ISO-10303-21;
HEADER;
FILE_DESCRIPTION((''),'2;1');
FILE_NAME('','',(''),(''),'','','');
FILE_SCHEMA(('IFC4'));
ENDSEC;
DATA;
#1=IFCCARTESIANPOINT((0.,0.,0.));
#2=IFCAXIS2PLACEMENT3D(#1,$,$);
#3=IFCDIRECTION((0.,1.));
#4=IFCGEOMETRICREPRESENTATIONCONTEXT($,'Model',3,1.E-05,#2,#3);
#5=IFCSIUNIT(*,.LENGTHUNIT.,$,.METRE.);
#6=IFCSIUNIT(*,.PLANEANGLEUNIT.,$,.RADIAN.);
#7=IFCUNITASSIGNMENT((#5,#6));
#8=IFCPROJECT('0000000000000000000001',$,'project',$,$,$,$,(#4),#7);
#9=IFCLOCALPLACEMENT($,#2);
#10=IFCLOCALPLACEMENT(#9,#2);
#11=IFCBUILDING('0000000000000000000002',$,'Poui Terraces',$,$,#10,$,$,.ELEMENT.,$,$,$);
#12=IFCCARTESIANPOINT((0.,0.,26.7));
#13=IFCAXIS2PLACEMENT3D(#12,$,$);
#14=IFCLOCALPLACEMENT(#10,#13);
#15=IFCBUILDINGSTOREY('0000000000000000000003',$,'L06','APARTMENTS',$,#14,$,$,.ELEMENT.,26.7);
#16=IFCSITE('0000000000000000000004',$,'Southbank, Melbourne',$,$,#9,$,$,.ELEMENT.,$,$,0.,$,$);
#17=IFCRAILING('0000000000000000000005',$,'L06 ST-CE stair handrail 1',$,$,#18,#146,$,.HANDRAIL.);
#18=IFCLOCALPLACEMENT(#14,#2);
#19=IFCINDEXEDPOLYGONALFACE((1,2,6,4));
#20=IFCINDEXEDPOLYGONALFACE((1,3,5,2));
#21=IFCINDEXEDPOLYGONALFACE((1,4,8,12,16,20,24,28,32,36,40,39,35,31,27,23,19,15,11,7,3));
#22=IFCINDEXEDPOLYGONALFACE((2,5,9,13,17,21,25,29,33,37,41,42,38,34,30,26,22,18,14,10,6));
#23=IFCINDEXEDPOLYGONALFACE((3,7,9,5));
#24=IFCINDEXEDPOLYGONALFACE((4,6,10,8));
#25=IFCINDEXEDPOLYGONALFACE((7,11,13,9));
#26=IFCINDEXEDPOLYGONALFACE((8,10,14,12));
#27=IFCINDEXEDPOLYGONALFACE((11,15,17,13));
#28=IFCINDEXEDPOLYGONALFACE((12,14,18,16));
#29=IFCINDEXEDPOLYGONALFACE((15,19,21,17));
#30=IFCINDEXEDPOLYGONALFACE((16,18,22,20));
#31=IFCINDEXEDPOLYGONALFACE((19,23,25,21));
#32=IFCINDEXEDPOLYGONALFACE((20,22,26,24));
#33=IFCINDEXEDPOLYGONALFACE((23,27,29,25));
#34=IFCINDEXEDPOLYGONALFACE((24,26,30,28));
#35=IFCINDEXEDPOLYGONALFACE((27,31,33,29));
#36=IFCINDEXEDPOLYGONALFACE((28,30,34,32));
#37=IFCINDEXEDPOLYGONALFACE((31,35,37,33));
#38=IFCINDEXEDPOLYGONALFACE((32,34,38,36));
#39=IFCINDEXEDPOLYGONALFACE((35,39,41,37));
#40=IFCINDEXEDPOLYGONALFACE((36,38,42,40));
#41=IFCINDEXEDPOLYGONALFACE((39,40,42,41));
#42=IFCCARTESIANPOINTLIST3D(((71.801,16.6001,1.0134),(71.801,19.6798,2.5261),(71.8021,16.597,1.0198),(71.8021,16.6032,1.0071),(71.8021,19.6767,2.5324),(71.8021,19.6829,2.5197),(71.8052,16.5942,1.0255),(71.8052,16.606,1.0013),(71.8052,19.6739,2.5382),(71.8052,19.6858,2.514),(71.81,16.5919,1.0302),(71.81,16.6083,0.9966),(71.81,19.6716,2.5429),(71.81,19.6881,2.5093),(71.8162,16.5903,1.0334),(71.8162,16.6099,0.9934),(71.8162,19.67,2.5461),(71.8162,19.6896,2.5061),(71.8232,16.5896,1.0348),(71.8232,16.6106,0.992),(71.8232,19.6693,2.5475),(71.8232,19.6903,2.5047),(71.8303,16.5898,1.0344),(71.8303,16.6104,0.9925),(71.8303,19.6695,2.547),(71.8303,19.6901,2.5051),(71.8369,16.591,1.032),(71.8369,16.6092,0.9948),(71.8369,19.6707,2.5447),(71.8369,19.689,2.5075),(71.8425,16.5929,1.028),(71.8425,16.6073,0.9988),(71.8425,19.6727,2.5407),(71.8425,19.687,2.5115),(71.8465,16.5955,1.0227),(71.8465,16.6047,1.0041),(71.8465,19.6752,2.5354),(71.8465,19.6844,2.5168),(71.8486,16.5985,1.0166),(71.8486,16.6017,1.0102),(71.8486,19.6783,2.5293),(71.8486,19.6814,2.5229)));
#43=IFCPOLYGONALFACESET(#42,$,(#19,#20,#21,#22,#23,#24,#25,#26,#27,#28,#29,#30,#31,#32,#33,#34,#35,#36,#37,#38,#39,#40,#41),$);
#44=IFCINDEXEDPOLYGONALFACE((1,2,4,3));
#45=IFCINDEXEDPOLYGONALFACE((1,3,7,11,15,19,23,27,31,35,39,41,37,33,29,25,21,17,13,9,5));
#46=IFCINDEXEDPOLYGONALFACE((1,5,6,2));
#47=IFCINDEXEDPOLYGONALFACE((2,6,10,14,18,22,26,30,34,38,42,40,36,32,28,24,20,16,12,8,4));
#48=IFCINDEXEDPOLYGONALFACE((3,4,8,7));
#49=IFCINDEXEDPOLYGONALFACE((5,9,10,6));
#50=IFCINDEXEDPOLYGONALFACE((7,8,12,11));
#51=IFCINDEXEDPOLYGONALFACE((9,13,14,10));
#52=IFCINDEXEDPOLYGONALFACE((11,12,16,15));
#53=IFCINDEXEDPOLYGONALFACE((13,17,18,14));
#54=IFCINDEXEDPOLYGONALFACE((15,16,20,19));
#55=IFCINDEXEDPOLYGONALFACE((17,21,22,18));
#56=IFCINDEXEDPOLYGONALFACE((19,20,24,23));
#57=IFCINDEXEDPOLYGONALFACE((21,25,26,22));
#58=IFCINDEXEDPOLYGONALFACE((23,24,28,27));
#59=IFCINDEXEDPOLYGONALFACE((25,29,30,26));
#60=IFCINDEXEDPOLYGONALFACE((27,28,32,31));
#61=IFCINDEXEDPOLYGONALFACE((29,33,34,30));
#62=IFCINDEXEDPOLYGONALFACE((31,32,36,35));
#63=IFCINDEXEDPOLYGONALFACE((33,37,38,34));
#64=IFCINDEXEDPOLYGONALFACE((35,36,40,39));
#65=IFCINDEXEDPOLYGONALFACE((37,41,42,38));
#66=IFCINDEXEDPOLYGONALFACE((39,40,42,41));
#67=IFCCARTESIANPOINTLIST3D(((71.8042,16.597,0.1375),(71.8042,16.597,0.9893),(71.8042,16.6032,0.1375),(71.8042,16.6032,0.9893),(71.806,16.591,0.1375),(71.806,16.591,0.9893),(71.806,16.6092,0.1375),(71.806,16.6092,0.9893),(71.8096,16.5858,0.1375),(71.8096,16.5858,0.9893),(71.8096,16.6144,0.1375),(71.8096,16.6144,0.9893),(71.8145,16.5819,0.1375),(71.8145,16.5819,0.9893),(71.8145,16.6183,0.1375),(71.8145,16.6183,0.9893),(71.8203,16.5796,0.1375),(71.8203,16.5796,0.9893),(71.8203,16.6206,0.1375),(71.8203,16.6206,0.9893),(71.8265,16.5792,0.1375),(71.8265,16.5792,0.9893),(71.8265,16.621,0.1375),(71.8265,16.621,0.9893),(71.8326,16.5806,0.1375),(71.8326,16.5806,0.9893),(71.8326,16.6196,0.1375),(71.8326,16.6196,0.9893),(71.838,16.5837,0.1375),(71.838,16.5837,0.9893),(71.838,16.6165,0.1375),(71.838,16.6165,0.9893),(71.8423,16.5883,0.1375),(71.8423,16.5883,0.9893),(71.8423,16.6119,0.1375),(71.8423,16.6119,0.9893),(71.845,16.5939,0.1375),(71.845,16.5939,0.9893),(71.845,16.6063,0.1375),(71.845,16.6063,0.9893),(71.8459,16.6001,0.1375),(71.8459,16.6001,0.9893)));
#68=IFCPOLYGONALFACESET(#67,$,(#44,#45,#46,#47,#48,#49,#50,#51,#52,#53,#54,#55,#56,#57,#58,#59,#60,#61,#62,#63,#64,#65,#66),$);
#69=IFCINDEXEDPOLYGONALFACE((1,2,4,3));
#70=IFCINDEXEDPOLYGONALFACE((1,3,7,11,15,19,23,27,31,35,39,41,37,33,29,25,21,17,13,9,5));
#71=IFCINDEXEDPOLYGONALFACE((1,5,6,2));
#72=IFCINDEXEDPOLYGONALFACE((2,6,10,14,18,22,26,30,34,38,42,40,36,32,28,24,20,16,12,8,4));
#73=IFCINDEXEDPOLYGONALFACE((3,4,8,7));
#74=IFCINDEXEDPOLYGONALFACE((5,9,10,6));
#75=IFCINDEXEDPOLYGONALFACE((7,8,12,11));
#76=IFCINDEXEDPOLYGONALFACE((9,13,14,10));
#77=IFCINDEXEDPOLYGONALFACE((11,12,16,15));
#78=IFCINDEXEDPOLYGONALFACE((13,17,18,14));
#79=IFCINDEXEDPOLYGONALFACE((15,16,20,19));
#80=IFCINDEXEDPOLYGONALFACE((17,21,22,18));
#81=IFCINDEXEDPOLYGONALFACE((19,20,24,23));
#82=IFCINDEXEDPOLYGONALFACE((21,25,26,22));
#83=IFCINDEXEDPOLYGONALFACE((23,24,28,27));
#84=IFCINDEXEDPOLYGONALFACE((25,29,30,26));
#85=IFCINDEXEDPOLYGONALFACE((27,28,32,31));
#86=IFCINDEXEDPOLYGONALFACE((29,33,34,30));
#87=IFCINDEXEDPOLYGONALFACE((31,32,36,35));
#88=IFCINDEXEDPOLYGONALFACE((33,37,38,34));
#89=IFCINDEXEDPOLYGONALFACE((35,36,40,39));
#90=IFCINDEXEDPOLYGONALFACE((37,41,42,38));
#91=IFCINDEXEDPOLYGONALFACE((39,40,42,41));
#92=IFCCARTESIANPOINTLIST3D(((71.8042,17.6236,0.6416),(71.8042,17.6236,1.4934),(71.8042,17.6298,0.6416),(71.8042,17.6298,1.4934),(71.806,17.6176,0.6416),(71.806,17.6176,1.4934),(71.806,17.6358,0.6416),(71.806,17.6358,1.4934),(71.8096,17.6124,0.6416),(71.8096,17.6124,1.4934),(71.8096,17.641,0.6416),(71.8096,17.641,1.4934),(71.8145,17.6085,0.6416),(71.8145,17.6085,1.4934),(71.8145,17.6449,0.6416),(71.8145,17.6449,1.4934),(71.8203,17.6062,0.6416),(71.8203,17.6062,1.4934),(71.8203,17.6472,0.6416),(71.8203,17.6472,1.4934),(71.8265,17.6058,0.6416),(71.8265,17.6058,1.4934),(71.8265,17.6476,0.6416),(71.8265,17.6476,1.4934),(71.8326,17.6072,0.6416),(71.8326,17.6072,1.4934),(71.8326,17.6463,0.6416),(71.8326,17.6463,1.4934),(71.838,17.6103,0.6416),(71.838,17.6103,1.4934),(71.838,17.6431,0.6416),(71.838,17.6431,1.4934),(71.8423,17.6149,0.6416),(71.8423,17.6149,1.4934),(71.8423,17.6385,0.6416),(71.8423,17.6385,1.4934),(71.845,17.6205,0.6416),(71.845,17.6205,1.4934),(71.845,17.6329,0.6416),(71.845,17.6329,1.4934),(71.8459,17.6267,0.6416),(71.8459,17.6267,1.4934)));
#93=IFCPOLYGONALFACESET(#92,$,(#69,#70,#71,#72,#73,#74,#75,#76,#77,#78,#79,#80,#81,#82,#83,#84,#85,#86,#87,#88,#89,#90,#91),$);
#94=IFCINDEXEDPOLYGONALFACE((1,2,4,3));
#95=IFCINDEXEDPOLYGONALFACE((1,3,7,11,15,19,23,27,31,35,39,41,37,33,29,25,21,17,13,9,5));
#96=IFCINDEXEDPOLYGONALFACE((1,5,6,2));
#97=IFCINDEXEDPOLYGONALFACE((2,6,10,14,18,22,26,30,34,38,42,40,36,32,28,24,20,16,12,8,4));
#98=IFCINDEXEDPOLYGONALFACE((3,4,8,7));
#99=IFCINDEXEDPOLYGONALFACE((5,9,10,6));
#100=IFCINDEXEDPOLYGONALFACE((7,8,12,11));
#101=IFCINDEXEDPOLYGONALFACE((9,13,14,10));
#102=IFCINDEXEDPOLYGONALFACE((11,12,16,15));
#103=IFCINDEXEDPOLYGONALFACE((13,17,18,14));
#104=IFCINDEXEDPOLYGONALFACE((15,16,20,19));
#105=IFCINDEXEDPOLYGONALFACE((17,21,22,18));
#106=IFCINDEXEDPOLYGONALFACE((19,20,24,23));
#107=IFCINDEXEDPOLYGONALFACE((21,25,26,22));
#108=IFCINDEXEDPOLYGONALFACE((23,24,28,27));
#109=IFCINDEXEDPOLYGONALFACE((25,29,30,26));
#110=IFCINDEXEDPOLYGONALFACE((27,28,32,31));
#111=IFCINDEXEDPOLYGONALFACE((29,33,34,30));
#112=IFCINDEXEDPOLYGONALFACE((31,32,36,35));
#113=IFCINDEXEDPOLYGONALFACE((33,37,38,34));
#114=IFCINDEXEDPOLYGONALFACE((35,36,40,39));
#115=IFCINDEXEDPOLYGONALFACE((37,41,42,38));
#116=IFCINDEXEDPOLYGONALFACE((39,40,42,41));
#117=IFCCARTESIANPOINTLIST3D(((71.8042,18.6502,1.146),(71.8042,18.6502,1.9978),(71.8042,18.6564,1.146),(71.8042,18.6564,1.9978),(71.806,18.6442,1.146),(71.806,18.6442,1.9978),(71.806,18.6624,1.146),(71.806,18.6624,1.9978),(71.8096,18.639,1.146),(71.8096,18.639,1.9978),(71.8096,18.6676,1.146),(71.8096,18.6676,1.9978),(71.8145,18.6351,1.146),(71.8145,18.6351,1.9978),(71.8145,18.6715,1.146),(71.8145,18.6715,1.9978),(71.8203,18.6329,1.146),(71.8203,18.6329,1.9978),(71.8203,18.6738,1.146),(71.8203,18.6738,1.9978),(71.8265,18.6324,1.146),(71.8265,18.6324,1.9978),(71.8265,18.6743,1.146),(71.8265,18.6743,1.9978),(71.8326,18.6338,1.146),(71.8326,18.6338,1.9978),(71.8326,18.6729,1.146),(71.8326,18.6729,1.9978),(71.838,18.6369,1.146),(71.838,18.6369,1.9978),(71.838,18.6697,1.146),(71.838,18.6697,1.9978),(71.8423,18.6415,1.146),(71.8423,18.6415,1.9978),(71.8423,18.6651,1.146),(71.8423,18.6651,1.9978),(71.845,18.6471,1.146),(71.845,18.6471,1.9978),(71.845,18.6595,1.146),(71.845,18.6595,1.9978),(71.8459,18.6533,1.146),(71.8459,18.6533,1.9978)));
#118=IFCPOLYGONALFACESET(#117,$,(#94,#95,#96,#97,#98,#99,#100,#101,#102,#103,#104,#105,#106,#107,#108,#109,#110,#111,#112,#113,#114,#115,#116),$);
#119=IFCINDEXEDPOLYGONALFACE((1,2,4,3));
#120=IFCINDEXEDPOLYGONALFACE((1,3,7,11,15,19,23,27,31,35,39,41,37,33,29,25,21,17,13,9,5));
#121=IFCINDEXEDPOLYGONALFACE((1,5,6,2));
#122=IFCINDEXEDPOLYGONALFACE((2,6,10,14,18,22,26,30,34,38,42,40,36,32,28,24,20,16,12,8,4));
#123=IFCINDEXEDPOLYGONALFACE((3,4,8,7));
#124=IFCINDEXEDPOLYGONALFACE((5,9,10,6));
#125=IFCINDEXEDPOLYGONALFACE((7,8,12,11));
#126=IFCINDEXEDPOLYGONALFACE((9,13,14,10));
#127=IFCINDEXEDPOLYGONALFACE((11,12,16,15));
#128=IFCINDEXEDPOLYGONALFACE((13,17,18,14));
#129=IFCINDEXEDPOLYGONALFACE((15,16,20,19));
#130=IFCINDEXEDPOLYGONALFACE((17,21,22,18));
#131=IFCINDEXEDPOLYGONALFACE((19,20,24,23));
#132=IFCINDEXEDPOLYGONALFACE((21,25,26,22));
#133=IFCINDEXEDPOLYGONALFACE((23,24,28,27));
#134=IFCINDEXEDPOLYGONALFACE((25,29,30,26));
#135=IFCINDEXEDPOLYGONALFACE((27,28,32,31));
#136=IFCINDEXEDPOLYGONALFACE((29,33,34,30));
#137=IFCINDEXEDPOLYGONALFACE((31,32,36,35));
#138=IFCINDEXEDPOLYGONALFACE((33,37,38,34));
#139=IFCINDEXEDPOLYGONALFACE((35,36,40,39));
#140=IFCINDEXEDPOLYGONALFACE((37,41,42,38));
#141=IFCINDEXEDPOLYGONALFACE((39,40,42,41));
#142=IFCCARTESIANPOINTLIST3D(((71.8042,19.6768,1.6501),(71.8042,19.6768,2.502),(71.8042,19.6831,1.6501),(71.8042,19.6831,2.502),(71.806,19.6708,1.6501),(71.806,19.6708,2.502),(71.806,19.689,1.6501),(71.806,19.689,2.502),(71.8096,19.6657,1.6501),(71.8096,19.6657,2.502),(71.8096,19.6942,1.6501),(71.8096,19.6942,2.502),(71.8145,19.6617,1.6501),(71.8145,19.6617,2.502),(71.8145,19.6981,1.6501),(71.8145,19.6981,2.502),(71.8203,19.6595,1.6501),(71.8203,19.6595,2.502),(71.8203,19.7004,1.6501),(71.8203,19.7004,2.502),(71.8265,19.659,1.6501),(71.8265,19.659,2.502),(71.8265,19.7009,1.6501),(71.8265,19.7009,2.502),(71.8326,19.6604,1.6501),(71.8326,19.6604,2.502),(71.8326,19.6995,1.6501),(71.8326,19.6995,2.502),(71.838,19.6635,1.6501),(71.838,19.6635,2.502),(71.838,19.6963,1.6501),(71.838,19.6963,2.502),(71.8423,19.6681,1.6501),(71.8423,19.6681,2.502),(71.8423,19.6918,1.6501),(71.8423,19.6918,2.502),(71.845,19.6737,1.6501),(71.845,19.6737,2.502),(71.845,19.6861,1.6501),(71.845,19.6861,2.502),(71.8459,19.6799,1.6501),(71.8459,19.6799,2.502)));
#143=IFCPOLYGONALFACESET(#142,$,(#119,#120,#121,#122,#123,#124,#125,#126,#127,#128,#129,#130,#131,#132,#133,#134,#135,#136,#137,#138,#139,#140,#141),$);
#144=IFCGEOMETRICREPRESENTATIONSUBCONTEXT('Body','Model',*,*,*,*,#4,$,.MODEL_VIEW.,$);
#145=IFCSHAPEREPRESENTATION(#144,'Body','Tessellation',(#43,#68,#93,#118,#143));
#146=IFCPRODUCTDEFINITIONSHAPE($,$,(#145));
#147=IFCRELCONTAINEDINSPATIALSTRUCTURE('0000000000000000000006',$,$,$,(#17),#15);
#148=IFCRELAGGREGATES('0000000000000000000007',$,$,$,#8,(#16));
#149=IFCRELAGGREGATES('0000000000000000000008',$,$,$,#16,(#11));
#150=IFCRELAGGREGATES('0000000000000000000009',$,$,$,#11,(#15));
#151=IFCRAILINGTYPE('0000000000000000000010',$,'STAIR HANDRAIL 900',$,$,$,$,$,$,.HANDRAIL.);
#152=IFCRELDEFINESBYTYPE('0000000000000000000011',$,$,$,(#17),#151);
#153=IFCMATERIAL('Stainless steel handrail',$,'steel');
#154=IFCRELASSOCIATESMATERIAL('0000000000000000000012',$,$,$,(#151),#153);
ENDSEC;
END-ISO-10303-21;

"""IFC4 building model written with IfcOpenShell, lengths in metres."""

from ifc_helpers import new_model, si_unit, direction, frame, origin, origin_2d, place, context, subcontext, project, spatial, circle, extrude, material, type_object, element, save


model = new_model("IFC4")

# Units and contexts
model_context = context("Model", 3, precision=1e-05, world=origin(), true_north=direction((0.0, 1.0)))
body_context = subcontext(model_context, "Body", "Model", "MODEL_VIEW")
ifc_project = project(units=[si_unit("LENGTHUNIT", "METRE"), si_unit("PLANEANGLEUNIT", "RADIAN")], contexts=[model_context])

# Site, building, storey
site_placement = place(None, origin())
site = spatial("IfcSite", under=ifc_project, at=site_placement, Name="Southbank, Melbourne", CompositionType="ELEMENT", RefElevation=0.0)
building_placement = place(site_placement, origin())
building = spatial("IfcBuilding", under=site, at=building_placement, Name="Poui Terraces", CompositionType="ELEMENT")
storey_placement = place(building_placement, frame((0.0, 0.0, 26.7)))
storey = spatial("IfcBuildingStorey", under=building, at=storey_placement, Name="L06", Description="APARTMENTS", CompositionType="ELEMENT", Elevation=26.7)

# Railing
ifc_material_1 = material(Name="Stainless steel handrail", Category="steel")
railing_type_1 = type_object("IfcRailingType", Name="STAIR HANDRAIL 900", PredefinedType="HANDRAIL", material=ifc_material_1)
railing_1_placement = place(storey_placement, frame((71.825, 16.6001, 0.1375)))
element("IfcRailing", 1, at=railing_1_placement, inside=storey, type_object=railing_type_1, Name="L06 ST-CE stair handrail 1", PredefinedType="HANDRAIL", context=body_context, shape_type="SweptSolid", body=[
    extrude(circle(Radius=0.0239, at=origin_2d()), frame((0.0, 0.0, 0.876), z_axis=(0.0, 0.897578, 0.440856), x_axis=(-1.0, 0.0, 0.0)), (0.0, 0.0, 1.0), 3.4312),
    extrude(circle(Radius=0.021, at=origin_2d()), origin(), (0.0, 0.0, 1.0), 0.8518),
    extrude(circle(Radius=0.021, at=origin_2d()), frame((0.0, 1.0266, 0.5042)), (0.0, 0.0, 1.0), 0.8518),
    extrude(circle(Radius=0.021, at=origin_2d()), frame((0.0, 2.0532, 1.0085)), (0.0, 0.0, 1.0), 0.8518),
    extrude(circle(Radius=0.021, at=origin_2d()), frame((0.0, 3.0798, 1.5127)), (0.0, 0.0, 1.0), 0.8518),
])

save(model, "model.ifc")
